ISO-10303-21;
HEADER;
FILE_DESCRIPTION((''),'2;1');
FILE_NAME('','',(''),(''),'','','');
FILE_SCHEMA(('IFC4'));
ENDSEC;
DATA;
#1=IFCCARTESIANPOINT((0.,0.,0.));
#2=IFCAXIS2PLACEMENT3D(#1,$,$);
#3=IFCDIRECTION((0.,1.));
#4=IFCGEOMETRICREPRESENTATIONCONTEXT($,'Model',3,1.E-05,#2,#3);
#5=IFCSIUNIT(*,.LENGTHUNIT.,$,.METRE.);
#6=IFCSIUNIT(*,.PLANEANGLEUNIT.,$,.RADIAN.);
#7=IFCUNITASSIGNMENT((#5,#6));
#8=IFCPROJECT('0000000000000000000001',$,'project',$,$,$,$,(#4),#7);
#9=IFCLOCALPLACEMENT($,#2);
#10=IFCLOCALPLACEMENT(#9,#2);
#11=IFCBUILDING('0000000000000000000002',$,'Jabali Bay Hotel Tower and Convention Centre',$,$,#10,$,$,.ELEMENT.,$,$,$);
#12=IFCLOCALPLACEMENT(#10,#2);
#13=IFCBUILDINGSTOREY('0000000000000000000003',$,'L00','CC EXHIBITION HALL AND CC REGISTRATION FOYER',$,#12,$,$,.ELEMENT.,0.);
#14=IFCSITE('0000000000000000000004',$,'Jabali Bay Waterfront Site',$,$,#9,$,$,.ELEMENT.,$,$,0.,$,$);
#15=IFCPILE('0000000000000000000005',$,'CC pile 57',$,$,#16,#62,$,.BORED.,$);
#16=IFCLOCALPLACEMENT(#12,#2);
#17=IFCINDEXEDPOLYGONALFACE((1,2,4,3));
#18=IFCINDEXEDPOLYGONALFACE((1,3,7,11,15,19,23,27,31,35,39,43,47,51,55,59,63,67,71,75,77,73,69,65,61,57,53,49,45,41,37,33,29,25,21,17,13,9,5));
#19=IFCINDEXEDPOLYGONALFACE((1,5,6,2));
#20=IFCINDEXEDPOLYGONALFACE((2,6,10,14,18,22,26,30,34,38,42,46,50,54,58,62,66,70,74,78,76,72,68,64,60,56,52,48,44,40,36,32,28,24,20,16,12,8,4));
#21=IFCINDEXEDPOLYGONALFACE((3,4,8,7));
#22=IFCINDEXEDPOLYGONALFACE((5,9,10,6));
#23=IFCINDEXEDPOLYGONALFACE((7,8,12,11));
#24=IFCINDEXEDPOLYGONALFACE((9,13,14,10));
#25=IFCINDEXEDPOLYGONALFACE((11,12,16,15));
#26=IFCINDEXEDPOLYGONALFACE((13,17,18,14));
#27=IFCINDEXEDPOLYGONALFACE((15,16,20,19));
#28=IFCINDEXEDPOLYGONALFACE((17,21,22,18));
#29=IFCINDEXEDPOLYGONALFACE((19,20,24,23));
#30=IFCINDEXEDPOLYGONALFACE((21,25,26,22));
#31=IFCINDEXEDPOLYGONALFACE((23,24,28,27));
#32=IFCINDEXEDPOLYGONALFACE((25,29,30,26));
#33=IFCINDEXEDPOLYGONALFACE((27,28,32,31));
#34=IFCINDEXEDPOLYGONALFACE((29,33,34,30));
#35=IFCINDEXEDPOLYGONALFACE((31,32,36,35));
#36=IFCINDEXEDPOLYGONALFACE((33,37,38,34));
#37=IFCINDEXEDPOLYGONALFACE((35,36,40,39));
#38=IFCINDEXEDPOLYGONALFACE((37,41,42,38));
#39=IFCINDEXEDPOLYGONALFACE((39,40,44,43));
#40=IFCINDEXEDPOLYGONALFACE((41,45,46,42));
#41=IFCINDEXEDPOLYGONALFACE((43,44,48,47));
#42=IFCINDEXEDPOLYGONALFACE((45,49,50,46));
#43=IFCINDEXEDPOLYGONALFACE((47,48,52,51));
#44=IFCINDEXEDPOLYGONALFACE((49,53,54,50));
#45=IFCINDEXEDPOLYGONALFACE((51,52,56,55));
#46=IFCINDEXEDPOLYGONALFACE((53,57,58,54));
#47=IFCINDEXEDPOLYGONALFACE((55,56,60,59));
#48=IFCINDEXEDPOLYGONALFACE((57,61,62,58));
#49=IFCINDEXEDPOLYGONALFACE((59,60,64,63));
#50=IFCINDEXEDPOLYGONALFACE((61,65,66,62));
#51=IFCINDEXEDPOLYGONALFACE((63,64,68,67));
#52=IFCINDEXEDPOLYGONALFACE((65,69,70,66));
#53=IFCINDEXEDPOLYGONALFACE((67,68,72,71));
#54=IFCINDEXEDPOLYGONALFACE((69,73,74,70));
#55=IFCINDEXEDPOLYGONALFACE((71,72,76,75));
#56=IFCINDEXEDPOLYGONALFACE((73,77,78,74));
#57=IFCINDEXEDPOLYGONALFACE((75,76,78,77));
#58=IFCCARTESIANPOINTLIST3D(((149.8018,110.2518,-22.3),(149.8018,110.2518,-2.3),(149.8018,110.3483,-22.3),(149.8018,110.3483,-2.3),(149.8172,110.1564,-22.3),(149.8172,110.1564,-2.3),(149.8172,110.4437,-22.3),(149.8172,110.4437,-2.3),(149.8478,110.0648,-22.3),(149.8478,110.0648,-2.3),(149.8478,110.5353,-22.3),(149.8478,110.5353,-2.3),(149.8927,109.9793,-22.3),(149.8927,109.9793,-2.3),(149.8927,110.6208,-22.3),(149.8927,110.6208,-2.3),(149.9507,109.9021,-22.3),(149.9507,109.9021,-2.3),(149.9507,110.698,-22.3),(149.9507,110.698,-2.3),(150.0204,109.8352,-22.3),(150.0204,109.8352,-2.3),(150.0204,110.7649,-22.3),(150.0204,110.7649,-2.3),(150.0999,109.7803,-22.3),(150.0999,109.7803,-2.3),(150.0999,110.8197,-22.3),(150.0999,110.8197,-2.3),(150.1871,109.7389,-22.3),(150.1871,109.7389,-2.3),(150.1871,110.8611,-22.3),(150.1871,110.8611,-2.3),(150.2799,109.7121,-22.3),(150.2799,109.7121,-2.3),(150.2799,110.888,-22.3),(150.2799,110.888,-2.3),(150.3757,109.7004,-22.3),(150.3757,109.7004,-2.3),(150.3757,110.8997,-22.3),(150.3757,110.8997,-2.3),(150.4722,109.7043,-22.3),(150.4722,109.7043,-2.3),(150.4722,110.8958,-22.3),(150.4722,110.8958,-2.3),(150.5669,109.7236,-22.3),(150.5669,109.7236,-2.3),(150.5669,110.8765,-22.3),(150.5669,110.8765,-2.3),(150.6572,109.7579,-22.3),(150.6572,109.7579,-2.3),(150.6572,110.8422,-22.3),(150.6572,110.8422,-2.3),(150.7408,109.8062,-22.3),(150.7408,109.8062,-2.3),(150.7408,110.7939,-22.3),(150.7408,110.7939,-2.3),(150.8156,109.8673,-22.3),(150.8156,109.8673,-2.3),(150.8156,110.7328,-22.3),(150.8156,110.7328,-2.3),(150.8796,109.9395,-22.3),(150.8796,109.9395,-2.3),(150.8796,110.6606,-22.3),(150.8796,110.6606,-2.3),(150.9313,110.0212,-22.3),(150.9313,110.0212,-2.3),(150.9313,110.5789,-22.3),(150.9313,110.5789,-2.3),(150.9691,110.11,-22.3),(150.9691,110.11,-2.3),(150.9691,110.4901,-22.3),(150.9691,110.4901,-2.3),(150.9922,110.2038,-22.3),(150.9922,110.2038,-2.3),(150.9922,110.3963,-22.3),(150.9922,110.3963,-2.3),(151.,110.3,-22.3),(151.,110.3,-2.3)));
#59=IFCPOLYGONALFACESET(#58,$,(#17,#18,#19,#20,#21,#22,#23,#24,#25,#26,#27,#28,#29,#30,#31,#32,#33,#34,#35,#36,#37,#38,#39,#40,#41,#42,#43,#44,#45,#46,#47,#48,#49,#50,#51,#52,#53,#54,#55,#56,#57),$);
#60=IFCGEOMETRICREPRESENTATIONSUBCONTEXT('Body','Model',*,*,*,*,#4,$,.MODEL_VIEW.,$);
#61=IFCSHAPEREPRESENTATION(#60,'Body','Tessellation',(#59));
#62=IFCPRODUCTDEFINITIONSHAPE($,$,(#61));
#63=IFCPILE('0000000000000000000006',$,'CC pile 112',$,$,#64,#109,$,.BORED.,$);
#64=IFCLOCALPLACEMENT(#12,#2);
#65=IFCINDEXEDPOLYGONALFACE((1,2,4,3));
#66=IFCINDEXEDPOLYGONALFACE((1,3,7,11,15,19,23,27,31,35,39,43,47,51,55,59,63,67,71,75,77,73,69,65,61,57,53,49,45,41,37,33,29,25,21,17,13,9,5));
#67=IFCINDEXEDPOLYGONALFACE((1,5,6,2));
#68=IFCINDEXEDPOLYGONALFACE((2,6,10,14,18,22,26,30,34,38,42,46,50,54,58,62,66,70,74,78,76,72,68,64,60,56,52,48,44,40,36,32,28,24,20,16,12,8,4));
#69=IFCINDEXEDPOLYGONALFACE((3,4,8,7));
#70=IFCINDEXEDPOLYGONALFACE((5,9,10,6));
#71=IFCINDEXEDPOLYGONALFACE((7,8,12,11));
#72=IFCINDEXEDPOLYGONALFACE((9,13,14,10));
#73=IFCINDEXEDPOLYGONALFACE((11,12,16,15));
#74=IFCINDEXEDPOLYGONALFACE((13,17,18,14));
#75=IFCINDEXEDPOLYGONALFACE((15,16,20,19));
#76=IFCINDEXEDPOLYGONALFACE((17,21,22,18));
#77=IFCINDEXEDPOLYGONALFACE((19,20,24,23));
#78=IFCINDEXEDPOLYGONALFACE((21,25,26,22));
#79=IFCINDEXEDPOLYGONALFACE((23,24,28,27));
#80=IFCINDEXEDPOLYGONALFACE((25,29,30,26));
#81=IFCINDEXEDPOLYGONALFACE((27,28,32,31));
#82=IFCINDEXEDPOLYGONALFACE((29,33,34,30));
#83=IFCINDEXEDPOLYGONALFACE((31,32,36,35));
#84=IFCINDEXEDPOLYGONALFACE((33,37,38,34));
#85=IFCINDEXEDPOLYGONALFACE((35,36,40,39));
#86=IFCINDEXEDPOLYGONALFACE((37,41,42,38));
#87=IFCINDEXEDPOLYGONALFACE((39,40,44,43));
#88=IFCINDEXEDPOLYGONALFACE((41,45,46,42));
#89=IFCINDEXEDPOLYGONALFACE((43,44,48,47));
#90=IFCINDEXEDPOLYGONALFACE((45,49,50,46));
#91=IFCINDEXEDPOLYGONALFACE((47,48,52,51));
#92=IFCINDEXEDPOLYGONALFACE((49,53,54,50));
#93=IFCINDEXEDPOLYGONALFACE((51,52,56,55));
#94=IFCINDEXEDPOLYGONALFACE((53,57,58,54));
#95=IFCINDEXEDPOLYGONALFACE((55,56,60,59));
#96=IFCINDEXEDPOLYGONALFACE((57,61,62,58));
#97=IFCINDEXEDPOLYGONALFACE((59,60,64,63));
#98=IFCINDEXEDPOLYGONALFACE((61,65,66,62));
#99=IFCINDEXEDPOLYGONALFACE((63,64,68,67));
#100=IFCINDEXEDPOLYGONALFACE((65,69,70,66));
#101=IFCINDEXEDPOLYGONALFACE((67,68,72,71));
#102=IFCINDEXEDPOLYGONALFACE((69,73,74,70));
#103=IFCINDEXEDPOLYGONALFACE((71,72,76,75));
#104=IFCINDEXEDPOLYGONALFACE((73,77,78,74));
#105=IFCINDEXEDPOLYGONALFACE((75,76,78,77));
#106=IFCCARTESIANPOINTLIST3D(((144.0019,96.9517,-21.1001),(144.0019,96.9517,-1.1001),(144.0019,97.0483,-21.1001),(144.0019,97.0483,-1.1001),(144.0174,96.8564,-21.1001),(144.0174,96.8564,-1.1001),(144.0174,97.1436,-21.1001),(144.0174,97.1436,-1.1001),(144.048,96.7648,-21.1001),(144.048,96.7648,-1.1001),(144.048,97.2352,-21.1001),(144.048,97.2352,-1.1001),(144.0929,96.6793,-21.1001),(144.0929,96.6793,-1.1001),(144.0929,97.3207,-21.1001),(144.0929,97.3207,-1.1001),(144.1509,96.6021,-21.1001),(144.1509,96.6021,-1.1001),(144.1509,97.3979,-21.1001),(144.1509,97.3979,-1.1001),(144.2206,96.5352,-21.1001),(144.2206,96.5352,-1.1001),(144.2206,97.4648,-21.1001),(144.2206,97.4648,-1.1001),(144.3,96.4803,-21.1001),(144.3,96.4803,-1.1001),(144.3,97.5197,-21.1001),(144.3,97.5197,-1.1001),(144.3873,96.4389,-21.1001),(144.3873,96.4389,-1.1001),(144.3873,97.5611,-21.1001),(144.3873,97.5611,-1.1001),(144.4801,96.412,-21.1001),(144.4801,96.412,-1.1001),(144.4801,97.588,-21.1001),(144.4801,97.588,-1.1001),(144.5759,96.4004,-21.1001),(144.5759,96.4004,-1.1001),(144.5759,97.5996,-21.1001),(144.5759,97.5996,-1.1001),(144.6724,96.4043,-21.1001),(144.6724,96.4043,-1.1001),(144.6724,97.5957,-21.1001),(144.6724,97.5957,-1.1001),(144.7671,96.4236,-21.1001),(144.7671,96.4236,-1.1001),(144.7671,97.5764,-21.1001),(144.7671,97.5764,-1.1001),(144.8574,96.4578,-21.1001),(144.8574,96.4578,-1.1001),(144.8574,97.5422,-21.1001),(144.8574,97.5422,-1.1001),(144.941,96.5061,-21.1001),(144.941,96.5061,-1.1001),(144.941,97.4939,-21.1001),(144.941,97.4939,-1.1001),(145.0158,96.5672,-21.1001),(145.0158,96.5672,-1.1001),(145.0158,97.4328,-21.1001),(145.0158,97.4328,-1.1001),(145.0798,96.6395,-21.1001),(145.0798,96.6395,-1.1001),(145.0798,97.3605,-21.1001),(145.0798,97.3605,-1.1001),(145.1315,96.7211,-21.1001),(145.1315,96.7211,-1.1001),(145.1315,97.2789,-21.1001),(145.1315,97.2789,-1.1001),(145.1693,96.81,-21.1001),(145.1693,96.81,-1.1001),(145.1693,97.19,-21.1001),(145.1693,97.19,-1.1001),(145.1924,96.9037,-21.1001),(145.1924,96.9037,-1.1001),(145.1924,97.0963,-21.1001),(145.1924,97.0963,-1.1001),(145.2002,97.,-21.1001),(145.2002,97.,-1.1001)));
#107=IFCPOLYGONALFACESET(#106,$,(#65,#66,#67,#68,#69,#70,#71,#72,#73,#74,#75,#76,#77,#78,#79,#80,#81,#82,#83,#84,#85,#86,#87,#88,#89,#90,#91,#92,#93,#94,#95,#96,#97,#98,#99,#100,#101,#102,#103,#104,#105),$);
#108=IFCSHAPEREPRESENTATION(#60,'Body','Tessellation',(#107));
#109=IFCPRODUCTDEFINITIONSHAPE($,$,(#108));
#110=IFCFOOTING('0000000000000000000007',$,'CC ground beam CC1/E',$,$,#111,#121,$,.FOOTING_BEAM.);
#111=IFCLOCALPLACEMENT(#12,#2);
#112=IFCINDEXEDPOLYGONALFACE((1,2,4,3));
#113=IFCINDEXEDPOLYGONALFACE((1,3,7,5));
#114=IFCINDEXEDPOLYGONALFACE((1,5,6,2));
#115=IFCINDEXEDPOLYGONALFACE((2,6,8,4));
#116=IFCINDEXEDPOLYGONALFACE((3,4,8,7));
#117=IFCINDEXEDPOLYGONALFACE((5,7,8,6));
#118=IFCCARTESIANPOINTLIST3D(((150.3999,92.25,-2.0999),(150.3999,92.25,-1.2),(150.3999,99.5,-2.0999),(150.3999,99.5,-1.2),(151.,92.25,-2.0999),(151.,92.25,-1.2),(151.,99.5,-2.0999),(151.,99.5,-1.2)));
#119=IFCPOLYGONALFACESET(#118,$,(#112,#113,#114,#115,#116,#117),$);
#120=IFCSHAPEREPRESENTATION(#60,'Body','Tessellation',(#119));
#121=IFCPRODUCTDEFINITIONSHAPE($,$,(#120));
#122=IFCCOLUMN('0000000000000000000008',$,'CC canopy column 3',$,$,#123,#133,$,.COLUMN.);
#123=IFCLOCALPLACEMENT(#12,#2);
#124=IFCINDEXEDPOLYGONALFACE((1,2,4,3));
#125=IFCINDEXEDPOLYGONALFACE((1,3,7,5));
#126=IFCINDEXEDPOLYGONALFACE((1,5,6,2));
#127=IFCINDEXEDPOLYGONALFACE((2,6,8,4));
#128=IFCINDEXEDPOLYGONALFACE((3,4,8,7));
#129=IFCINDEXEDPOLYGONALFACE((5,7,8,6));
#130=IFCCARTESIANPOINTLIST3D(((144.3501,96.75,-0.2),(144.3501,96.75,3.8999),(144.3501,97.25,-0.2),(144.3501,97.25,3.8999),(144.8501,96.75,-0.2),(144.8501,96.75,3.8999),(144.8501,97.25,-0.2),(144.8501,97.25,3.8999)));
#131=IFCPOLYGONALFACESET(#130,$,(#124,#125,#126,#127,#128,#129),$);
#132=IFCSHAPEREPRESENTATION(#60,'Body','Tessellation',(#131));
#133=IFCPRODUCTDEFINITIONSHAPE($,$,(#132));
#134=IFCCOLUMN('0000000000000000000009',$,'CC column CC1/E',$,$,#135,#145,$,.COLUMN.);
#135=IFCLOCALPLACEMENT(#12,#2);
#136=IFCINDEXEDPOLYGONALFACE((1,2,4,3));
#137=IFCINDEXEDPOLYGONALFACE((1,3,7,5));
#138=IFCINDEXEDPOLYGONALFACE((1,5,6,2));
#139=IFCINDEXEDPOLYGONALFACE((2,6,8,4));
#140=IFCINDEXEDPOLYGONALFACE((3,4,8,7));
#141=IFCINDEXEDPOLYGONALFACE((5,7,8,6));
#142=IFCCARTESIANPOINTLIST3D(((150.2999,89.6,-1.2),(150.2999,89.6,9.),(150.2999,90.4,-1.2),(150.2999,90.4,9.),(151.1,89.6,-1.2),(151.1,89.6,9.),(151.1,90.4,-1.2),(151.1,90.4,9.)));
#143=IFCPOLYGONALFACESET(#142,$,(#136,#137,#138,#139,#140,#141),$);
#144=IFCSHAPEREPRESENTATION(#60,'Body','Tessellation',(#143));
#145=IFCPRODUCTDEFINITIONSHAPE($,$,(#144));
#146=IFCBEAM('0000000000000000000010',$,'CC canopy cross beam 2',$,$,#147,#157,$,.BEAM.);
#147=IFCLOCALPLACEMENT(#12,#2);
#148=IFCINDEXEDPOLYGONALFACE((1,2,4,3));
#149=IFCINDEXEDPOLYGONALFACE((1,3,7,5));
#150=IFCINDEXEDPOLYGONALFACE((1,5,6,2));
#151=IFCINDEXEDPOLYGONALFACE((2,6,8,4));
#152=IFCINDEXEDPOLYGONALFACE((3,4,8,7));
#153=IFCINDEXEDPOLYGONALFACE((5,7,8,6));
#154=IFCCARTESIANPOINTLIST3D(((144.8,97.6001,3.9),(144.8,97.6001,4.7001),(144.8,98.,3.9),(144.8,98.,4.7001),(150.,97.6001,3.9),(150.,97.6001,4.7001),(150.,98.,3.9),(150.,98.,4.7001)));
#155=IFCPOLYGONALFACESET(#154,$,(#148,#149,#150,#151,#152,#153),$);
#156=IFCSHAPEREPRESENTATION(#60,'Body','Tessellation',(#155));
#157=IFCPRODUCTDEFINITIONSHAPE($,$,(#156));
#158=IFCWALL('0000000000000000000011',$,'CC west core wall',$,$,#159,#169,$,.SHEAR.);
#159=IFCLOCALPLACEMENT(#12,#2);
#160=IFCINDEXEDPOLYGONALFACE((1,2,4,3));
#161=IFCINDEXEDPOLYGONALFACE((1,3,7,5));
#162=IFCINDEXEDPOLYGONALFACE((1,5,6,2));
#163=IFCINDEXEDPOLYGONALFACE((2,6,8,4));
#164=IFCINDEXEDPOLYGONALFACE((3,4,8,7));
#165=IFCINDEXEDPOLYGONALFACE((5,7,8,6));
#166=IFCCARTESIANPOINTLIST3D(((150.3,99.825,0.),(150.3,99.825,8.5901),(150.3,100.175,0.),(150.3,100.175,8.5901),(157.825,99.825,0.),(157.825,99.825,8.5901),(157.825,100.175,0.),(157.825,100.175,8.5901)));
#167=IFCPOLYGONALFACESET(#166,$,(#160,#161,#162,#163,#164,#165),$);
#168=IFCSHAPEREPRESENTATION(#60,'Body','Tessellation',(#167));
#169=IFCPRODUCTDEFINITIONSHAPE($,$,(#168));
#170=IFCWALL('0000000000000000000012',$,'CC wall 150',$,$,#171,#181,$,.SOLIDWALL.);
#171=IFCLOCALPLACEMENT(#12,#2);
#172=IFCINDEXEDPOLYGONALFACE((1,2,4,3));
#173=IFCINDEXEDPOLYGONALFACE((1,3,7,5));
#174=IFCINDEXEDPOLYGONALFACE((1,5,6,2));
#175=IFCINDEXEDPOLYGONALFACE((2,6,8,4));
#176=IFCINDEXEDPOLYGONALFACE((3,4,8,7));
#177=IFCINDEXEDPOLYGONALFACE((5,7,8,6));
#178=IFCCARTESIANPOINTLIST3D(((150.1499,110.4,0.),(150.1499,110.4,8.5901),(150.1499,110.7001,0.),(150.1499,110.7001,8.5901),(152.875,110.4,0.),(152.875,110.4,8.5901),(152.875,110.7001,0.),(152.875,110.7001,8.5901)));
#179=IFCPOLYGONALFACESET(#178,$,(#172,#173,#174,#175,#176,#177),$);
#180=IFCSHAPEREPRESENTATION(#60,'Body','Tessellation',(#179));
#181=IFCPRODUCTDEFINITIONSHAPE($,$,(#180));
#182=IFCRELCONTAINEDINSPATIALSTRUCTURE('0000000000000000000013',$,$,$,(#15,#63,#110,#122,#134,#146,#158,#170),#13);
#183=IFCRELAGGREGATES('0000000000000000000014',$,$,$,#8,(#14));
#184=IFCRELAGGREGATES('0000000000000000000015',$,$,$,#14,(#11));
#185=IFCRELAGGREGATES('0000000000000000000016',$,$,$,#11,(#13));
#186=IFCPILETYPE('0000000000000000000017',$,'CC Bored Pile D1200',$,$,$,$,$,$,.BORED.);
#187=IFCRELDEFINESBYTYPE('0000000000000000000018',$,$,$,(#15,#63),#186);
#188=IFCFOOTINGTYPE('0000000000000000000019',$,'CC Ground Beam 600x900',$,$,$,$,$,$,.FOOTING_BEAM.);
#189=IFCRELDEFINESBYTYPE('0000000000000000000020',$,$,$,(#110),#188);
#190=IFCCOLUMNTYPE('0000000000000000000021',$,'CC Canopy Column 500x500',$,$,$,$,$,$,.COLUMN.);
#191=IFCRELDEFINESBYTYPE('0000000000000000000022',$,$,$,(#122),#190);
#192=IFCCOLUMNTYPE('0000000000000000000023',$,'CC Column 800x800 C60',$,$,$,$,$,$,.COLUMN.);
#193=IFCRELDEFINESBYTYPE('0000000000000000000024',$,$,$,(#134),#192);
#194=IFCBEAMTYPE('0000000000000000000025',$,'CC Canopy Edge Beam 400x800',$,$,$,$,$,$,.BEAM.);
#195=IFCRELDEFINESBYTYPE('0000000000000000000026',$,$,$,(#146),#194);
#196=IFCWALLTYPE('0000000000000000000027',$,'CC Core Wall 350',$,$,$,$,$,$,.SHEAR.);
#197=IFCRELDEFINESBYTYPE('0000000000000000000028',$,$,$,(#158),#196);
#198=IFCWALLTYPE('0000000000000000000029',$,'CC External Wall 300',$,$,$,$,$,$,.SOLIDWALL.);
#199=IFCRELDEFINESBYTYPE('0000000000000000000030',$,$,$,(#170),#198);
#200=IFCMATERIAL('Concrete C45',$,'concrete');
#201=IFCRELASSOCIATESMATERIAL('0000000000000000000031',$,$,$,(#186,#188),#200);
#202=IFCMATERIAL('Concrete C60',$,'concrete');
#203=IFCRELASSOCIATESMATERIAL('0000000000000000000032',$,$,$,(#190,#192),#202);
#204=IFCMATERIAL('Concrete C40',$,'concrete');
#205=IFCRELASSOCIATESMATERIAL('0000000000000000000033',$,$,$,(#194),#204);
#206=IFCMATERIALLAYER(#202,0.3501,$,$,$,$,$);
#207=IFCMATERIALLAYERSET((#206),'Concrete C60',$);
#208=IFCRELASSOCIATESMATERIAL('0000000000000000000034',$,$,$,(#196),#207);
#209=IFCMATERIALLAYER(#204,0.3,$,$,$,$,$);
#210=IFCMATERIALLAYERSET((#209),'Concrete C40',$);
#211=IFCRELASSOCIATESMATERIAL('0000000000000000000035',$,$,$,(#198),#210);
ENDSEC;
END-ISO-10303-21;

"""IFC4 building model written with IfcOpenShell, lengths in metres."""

from ifc_helpers import new_model, si_unit, direction, frame, frame_2d, origin, origin_2d, place, context, subcontext, project, spatial, rectangle, circle, extrude, material, layer, layer_set, material_profile, profile_set, type_object, element, save


model = new_model("IFC4")

# Units and contexts
model_context = context("Model", 3, precision=1e-05, world=origin(), true_north=direction((0.0, 1.0)))
body_context = subcontext(model_context, "Body", "Model", "MODEL_VIEW")
ifc_project = project(units=[si_unit("LENGTHUNIT", "METRE"), si_unit("PLANEANGLEUNIT", "RADIAN")], contexts=[model_context])

# Site, building, storey
site_placement = place(None, origin())
site = spatial("IfcSite", under=ifc_project, at=site_placement, Name="Jabali Bay Waterfront Site", CompositionType="ELEMENT", RefElevation=0.0)
building_placement = place(site_placement, origin())
building = spatial("IfcBuilding", under=site, at=building_placement, Name="Jabali Bay Hotel Tower and Convention Centre", CompositionType="ELEMENT")
storey_placement = place(building_placement, origin())
storey = spatial("IfcBuildingStorey", under=building, at=storey_placement, Name="L00", Description="CC EXHIBITION HALL AND CC REGISTRATION FOYER", CompositionType="ELEMENT", Elevation=0.0)

# Piles
ifc_material_1 = material(Name="Concrete C45", Category="concrete")
ifc_material_profile_1 = material_profile(ifc_material_1, circle(Radius=0.6001, at=origin_2d()), Name="D1200")
ifc_profile_set_1 = profile_set([ifc_material_profile_1], Name="Concrete C45")
pile_type = type_object("IfcPileType", Name="CC Bored Pile D1200", PredefinedType="BORED", material=ifc_profile_set_1)
for number, where, z_axis, x_axis, name in (
    (1, (150.3999, 110.3, -2.3), (0.0, 0.0, -1.0), (1.0, 0.0, 0.0), "CC pile 57"),
    (2, (144.6001, 97.0, -1.1001), (0.0, 0.0, -1.0), (1.0, 0.0, 0.0), "CC pile 112"),
):
    element("IfcPile", number, at=place(storey_placement, frame(where, z_axis=z_axis, x_axis=x_axis)), inside=storey, type_object=pile_type, Name=name, PredefinedType="BORED", context=body_context, shape_type="SweptSolid", body=[
        extrude(circle(Radius=0.6001, at=origin_2d()), origin(), (0.0, 0.0, 1.0), 20.0),
    ])

# Footing
ifc_material_profile_2 = material_profile(ifc_material_1, rectangle(XDim=0.6001, YDim=0.8999, at=origin_2d()), Name="RC 600x900")
ifc_profile_set_2 = profile_set([ifc_material_profile_2], Name="Concrete C45")
footing_type = type_object("IfcFootingType", Name="CC Ground Beam 600x900", PredefinedType="FOOTING_BEAM", material=ifc_profile_set_2)
footing_placement = place(storey_placement, frame((150.7, 92.25, -1.6499), z_axis=(0.0, 1.0, 0.0), x_axis=(-1.0, 0.0, 0.0)))
element("IfcFooting", 3, at=footing_placement, inside=storey, type_object=footing_type, Name="CC ground beam CC1/E", PredefinedType="FOOTING_BEAM", context=body_context, shape_type="SweptSolid", body=[
    extrude(rectangle(XDim=0.6001, YDim=0.8999, at=origin_2d()), origin(), (0.0, 0.0, 1.0), 7.25),
])

# Columns
ifc_material_2 = material(Name="Concrete C60", Category="concrete")
ifc_material_profile_3 = material_profile(ifc_material_2, rectangle(XDim=0.5, YDim=0.5, at=origin_2d()), Name="RC 500x500")
ifc_profile_set_3 = profile_set([ifc_material_profile_3], Name="Concrete C60")
column_type_1 = type_object("IfcColumnType", Name="CC Canopy Column 500x500", PredefinedType="COLUMN", material=ifc_profile_set_3)
column_1_placement = place(storey_placement, frame((144.6001, 97.0, -0.2), z_axis=(0.0, 0.0, 1.0), x_axis=(1.0, 0.0, 0.0)))
element("IfcColumn", 4, at=column_1_placement, inside=storey, type_object=column_type_1, Name="CC canopy column 3", PredefinedType="COLUMN", context=body_context, shape_type="SweptSolid", body=[
    extrude(rectangle(XDim=0.5, YDim=0.5, at=origin_2d()), origin(), (0.0, 0.0, 1.0), 4.0999),
])
ifc_material_profile_4 = material_profile(ifc_material_2, rectangle(XDim=0.8, YDim=0.8, at=origin_2d()), Name="RC 800x800")
ifc_profile_set_4 = profile_set([ifc_material_profile_4], Name="Concrete C60")
column_type_2 = type_object("IfcColumnType", Name="CC Column 800x800 C60", PredefinedType="COLUMN", material=ifc_profile_set_4)
column_2_placement = place(storey_placement, frame((150.7, 90.0, -1.2), z_axis=(0.0, 0.0, 1.0), x_axis=(1.0, 0.0, 0.0)))
element("IfcColumn", 5, at=column_2_placement, inside=storey, type_object=column_type_2, Name="CC column CC1/E", PredefinedType="COLUMN", context=body_context, shape_type="SweptSolid", body=[
    extrude(rectangle(XDim=0.8, YDim=0.8, at=origin_2d()), origin(), (0.0, 0.0, 1.0), 10.2),
])

# Beam
ifc_material_3 = material(Name="Concrete C40", Category="concrete")
ifc_material_profile_5 = material_profile(ifc_material_3, rectangle(XDim=0.3999, YDim=0.8, at=origin_2d()), Name="RC 400x800")
ifc_profile_set_5 = profile_set([ifc_material_profile_5], Name="Concrete C40")
beam_type = type_object("IfcBeamType", Name="CC Canopy Edge Beam 400x800", PredefinedType="BEAM", material=ifc_profile_set_5)
beam_placement = place(storey_placement, frame((144.8, 97.8, 4.3), z_axis=(1.0, 0.0, 0.0), x_axis=(0.0, 1.0, 0.0)))
element("IfcBeam", 6, at=beam_placement, inside=storey, type_object=beam_type, Name="CC canopy cross beam 2", PredefinedType="BEAM", context=body_context, shape_type="SweptSolid", body=[
    extrude(rectangle(XDim=0.3999, YDim=0.8, at=origin_2d()), origin(), (0.0, 0.0, 1.0), 5.2),
])

# Walls
ifc_layer_1 = layer(ifc_material_2, 0.3501)
ifc_layer_set_1 = layer_set([ifc_layer_1], Name="Concrete C60")
wall_type_1 = type_object("IfcWallType", Name="CC Core Wall 350", PredefinedType="SHEAR", material=ifc_layer_set_1)
wall_1_placement = place(storey_placement, frame((150.3, 100.0, 0.0), z_axis=(0.0, 0.0, 1.0), x_axis=(1.0, 0.0, 0.0)))
element("IfcWall", 7, at=wall_1_placement, inside=storey, type_object=wall_type_1, Name="CC west core wall", PredefinedType="SHEAR", context=body_context, shape_type="SweptSolid", body=[
    extrude(rectangle(XDim=7.5249, YDim=0.3501, at=frame_2d((3.7625, 0.0))), origin(), (0.0, 0.0, 1.0), 8.5901),
])
ifc_layer_2 = layer(ifc_material_3, 0.3)
ifc_layer_set_2 = layer_set([ifc_layer_2], Name="Concrete C40")
wall_type_2 = type_object("IfcWallType", Name="CC External Wall 300", PredefinedType="SOLIDWALL", material=ifc_layer_set_2)
wall_2_placement = place(storey_placement, frame((150.1499, 110.55, 0.0), z_axis=(0.0, 0.0, 1.0), x_axis=(1.0, 0.0, 0.0)))
element("IfcWall", 8, at=wall_2_placement, inside=storey, type_object=wall_type_2, Name="CC wall 150", PredefinedType="SOLIDWALL", context=body_context, shape_type="SweptSolid", body=[
    extrude(rectangle(XDim=2.7251, YDim=0.3, at=frame_2d((1.3625, 0.0))), origin(), (0.0, 0.0, 1.0), 8.5901),
])

save(model, "model.ifc")
